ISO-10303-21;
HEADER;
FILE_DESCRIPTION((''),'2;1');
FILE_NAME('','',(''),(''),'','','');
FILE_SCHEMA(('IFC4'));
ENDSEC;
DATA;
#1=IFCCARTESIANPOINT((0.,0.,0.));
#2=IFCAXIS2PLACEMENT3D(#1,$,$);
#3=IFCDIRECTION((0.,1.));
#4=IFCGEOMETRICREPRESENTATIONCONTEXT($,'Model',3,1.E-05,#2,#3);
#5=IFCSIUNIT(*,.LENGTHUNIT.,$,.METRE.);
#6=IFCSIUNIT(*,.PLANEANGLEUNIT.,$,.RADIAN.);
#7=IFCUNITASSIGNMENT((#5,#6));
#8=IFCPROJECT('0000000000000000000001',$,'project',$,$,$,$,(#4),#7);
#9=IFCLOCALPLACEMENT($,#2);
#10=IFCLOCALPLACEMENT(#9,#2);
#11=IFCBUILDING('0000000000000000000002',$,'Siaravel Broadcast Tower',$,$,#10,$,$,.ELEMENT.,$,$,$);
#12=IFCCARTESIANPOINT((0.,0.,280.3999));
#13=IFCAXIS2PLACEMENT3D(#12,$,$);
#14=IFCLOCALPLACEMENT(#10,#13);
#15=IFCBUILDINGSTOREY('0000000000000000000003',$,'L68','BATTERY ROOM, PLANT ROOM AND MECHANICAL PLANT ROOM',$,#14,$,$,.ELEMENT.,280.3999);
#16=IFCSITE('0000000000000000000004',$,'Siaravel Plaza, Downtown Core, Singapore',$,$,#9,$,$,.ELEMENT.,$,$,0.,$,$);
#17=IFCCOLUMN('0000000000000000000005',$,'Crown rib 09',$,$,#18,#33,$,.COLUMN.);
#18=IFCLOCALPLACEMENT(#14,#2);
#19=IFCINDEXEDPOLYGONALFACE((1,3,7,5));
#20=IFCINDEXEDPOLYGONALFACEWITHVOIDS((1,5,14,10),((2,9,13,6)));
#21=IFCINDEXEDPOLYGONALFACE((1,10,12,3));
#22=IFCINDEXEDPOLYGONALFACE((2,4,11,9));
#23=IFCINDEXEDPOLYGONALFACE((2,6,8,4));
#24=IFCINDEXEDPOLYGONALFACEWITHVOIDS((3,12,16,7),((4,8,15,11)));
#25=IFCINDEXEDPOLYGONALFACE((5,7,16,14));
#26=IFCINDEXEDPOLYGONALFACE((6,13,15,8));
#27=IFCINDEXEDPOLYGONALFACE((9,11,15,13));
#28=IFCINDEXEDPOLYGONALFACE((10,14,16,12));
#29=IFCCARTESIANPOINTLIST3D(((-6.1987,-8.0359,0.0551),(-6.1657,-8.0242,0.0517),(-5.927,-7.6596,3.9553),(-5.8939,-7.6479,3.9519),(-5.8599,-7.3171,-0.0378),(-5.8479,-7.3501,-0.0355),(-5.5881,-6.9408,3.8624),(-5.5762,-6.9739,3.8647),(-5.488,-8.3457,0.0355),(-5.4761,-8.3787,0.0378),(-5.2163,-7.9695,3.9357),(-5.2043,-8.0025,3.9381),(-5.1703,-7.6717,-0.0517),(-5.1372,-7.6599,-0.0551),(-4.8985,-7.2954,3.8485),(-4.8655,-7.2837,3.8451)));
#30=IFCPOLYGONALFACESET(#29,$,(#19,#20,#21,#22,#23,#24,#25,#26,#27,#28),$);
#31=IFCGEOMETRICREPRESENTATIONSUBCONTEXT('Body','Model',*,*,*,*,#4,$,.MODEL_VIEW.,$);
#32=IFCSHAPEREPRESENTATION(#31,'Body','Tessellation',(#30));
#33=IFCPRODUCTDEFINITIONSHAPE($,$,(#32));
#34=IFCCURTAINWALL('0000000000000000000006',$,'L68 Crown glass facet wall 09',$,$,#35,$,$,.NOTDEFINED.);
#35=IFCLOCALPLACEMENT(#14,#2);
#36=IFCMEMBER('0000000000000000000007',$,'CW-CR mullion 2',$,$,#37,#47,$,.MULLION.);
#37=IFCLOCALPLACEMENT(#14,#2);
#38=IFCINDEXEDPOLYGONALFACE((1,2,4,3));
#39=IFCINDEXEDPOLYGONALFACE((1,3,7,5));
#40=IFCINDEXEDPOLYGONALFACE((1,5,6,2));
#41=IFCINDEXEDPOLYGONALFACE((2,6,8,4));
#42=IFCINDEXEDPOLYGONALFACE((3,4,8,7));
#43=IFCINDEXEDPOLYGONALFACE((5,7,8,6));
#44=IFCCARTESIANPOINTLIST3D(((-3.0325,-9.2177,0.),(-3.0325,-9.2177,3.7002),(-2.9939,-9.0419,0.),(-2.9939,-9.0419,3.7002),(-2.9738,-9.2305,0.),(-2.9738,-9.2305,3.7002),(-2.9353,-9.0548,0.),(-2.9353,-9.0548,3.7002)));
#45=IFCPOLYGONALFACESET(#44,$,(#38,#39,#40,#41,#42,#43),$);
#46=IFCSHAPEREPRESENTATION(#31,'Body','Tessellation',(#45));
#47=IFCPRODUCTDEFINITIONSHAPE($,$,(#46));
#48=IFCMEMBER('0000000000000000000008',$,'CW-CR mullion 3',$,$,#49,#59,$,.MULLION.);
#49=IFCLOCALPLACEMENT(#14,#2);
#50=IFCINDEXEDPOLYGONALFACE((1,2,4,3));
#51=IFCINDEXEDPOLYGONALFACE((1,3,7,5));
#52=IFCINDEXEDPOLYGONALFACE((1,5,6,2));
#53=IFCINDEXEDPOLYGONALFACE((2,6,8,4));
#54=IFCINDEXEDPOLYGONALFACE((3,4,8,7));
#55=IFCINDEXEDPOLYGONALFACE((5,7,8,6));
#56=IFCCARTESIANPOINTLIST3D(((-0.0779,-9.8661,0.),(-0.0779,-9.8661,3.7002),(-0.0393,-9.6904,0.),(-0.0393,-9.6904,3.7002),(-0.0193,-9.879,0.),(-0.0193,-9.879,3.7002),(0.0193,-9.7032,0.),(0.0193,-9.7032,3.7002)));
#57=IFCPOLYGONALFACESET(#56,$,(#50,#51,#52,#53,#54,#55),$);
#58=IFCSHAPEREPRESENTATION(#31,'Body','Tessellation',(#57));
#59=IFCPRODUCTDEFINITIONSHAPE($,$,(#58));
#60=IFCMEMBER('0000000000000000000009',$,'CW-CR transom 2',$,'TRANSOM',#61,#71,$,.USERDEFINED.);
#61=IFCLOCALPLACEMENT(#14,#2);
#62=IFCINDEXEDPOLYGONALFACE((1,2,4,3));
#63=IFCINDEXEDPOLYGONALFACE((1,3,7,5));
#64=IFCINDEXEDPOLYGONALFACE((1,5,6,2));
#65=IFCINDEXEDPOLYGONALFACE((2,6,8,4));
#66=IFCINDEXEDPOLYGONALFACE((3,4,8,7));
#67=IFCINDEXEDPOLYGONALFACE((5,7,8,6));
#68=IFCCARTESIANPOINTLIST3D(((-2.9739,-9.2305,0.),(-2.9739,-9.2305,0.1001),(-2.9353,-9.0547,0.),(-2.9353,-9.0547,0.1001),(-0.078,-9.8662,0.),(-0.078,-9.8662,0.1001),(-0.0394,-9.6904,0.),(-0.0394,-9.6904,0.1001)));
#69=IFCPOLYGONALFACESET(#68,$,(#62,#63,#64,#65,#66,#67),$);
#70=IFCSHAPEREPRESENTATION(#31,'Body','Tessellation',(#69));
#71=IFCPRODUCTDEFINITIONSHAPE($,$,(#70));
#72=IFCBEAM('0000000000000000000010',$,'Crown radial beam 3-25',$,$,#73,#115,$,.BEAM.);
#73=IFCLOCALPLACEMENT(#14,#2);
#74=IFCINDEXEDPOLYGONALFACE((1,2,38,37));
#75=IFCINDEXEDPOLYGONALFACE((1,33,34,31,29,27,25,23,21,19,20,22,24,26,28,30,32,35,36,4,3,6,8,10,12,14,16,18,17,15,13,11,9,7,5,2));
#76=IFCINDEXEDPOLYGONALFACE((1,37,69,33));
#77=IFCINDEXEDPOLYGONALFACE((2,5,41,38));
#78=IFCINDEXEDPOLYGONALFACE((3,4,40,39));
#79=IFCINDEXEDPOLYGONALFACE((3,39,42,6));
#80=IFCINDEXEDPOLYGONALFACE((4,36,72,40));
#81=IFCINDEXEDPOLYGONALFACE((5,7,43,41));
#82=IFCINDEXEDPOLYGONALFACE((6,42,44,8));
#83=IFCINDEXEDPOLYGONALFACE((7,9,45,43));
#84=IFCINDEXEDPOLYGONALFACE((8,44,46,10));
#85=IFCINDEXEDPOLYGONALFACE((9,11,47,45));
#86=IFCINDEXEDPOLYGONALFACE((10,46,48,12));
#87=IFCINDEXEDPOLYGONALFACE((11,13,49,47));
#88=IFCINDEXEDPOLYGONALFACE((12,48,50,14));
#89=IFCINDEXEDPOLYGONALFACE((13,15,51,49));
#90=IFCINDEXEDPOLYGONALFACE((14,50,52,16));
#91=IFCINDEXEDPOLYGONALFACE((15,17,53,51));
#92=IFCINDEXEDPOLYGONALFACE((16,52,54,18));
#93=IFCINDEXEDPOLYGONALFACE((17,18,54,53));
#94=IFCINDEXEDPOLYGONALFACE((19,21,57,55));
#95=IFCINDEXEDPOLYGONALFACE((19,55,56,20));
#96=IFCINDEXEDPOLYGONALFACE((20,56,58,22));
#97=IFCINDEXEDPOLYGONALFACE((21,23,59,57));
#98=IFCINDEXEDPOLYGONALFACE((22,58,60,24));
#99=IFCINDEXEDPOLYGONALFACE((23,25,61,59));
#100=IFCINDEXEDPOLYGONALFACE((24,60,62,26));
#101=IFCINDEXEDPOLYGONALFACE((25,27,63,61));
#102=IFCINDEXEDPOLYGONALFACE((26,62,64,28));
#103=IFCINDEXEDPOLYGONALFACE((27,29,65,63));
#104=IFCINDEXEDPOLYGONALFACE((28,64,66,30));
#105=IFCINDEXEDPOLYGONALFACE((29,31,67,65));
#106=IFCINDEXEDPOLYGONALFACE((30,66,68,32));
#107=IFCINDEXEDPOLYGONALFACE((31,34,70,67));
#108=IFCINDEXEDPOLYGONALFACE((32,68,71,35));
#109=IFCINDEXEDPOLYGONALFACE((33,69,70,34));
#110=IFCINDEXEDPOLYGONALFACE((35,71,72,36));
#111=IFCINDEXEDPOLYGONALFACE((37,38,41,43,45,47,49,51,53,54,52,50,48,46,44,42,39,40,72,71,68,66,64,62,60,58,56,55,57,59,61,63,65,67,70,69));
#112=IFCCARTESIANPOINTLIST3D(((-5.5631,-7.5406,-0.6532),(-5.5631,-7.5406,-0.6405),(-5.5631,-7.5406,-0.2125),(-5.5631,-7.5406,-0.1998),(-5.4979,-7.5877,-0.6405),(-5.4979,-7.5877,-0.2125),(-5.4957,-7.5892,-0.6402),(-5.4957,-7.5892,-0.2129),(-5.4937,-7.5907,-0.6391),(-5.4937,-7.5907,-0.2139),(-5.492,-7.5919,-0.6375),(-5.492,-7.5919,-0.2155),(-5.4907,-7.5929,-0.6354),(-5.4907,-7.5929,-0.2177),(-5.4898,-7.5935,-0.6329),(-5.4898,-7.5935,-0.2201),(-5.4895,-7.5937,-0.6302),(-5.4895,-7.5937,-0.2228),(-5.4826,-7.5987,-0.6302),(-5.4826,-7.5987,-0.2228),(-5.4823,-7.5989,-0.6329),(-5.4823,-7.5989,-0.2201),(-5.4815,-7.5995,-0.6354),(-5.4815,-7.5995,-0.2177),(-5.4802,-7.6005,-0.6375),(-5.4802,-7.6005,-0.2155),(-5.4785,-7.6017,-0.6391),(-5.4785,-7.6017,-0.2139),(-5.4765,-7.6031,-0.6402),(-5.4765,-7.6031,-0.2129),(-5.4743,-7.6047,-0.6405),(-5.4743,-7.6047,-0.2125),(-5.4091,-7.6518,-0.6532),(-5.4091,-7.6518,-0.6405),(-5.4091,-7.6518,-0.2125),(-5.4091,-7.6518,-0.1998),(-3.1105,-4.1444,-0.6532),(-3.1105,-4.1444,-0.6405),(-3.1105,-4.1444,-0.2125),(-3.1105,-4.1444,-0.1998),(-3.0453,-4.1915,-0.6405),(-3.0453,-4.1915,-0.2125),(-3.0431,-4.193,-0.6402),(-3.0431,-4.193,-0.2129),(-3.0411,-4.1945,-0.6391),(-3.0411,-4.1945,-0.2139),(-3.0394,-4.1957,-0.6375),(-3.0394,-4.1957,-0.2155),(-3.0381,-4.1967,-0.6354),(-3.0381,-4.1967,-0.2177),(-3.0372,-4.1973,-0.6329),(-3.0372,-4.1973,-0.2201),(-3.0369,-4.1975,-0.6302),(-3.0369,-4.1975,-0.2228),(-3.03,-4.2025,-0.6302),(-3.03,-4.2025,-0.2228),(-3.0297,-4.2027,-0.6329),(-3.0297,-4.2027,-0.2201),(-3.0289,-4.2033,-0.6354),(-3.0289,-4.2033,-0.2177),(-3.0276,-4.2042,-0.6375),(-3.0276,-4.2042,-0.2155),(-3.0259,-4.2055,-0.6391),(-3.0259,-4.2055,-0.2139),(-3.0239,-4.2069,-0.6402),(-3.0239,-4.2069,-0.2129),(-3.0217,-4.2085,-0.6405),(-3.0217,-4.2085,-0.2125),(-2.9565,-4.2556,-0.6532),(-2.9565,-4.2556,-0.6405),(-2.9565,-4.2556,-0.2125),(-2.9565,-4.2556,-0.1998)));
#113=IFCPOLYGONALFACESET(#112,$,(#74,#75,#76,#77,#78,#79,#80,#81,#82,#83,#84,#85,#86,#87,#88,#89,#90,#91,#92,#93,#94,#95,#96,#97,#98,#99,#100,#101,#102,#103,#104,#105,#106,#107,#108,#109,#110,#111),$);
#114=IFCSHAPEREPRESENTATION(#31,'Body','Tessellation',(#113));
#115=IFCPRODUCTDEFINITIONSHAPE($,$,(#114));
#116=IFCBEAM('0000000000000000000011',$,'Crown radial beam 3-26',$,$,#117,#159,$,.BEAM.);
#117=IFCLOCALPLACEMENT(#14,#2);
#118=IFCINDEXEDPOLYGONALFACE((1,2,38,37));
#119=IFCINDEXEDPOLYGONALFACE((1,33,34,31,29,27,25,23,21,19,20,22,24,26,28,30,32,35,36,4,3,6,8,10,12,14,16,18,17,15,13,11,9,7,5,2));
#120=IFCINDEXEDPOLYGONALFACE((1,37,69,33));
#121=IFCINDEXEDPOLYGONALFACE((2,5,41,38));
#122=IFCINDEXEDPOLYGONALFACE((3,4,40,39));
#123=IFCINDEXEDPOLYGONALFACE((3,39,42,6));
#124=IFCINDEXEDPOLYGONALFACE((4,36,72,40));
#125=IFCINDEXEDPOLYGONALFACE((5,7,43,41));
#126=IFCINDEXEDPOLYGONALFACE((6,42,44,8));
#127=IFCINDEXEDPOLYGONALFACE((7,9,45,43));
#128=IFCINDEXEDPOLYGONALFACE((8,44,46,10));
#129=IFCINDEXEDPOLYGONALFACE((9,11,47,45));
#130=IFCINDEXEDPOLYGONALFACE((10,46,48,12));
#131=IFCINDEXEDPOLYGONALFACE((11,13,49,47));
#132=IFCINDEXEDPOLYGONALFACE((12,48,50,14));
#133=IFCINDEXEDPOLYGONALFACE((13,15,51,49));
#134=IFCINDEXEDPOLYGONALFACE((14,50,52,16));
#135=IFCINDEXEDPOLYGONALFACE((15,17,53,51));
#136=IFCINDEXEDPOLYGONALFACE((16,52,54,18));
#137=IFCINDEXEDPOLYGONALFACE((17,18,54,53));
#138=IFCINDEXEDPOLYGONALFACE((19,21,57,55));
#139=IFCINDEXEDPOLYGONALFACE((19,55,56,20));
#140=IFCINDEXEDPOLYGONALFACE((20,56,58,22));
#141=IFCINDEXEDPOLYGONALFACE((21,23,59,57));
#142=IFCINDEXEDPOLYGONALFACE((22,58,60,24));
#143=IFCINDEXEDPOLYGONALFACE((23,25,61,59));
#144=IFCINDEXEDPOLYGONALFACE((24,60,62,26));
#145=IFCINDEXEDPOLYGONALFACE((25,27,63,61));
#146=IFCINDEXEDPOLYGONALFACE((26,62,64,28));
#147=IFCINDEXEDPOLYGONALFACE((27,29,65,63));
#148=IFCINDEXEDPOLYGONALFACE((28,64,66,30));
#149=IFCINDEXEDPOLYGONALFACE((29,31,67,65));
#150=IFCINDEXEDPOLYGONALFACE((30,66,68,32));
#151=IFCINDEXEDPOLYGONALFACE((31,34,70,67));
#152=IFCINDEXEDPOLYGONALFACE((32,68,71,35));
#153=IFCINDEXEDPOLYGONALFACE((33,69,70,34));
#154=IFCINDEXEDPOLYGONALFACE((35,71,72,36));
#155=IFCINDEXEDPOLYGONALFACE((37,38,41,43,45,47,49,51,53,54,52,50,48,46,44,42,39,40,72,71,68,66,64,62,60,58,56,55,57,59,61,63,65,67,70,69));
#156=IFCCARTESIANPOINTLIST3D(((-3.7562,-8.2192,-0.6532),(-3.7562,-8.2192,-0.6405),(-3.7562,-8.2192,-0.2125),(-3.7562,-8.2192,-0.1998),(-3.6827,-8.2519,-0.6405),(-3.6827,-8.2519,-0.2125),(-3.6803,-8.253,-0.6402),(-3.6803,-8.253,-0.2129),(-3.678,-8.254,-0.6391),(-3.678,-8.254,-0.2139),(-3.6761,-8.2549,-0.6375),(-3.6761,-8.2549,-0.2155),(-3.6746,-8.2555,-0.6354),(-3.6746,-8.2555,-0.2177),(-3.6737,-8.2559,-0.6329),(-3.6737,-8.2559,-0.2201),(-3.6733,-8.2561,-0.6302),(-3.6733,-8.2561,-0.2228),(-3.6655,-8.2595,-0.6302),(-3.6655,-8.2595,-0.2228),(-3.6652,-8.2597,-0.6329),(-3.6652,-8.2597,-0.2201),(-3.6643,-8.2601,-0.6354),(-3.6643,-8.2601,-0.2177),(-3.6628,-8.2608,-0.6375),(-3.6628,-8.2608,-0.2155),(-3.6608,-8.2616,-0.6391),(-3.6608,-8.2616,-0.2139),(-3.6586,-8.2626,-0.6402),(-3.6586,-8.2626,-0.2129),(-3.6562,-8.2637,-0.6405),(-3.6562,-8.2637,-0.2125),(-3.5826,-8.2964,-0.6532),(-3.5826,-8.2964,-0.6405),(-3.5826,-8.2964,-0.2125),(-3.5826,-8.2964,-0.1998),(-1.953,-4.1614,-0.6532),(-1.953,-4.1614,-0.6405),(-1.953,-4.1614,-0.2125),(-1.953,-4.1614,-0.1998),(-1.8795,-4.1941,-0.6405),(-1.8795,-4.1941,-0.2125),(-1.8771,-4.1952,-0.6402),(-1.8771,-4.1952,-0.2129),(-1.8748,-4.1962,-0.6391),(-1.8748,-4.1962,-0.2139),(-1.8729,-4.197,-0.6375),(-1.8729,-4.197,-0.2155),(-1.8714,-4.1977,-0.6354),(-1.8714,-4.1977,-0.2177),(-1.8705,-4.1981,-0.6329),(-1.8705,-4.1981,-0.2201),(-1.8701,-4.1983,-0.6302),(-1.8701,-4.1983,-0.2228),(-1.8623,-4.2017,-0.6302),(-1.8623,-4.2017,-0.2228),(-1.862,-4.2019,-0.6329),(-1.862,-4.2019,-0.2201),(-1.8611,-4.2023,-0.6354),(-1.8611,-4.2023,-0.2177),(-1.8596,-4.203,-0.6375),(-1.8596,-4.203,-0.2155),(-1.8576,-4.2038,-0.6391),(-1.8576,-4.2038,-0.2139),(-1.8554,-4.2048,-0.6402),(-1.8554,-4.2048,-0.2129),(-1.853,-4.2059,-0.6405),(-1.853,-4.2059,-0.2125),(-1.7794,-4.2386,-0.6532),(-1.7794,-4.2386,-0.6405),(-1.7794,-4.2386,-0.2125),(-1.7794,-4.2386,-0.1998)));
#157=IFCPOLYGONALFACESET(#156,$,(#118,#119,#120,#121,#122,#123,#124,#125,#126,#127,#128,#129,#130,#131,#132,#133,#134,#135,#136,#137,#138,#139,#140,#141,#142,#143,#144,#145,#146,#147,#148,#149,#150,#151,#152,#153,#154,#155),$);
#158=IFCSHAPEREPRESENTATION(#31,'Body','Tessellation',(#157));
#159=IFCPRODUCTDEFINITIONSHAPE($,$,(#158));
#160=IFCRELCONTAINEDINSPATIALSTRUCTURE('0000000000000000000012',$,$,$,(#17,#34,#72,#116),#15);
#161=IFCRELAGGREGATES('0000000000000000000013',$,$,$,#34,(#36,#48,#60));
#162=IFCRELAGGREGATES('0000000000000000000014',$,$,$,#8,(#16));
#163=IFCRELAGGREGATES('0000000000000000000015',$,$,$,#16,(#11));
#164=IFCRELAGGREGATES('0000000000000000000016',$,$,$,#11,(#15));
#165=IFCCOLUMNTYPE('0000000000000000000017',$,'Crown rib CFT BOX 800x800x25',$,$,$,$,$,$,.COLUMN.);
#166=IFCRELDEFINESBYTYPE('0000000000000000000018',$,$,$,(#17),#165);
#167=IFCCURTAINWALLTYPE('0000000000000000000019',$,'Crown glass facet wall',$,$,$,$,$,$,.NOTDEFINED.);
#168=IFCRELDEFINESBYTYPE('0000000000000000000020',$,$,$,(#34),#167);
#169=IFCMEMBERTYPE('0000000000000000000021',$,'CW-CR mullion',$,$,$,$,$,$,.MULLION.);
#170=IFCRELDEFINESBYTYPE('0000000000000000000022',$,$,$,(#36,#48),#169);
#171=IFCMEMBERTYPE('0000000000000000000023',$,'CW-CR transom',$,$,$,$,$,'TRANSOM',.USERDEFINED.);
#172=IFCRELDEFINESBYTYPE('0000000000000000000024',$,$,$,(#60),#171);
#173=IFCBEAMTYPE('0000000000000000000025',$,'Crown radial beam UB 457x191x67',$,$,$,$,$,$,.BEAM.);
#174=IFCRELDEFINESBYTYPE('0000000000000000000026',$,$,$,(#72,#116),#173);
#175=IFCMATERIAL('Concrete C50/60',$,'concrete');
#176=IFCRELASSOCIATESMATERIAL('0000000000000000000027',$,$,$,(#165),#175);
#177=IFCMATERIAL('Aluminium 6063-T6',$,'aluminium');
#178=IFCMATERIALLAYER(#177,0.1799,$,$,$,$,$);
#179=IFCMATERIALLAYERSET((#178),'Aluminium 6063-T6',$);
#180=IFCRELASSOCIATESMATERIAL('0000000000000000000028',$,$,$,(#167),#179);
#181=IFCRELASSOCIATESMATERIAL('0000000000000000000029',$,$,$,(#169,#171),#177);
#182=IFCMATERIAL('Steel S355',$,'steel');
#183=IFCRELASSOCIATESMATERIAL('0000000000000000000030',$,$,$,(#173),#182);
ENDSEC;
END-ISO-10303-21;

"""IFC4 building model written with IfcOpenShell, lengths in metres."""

from ifc_helpers import new_model, si_unit, direction, frame, origin, origin_2d, place, context, subcontext, project, spatial, rectangle, hollow_rectangle, i_section, extrude, material, layer, layer_set, material_profile, profile_set, type_object, element, aggregate, save


model = new_model("IFC4")

# Units and contexts
model_context = context("Model", 3, precision=1e-05, world=origin(), true_north=direction((0.0, 1.0)))
body_context = subcontext(model_context, "Body", "Model", "MODEL_VIEW")
ifc_project = project(units=[si_unit("LENGTHUNIT", "METRE"), si_unit("PLANEANGLEUNIT", "RADIAN")], contexts=[model_context])

# Site, building, storey
site_placement = place(None, origin())
site = spatial("IfcSite", under=ifc_project, at=site_placement, Name="Siaravel Plaza, Downtown Core, Singapore", CompositionType="ELEMENT", RefElevation=0.0)
building_placement = place(site_placement, origin())
building = spatial("IfcBuilding", under=site, at=building_placement, Name="Siaravel Broadcast Tower", CompositionType="ELEMENT")
storey_placement = place(building_placement, frame((0.0, 0.0, 280.3999)))
storey = spatial("IfcBuildingStorey", under=building, at=storey_placement, Name="L68", Description="BATTERY ROOM, PLANT ROOM AND MECHANICAL PLANT ROOM", CompositionType="ELEMENT", Elevation=280.3999)

# Column
ifc_material_1 = material(Name="Concrete C50/60", Category="concrete")
ifc_material_profile_1 = material_profile(ifc_material_1, hollow_rectangle(XDim=0.8, YDim=0.8, WallThickness=0.0249, at=origin_2d()))
ifc_profile_set_1 = profile_set([ifc_material_profile_1], Name="Concrete C50/60")
column_type = type_object("IfcColumnType", Name="Crown rib CFT BOX 800x800x25", PredefinedType="COLUMN", material=ifc_profile_set_1)
column_placement = place(storey_placement, frame((-5.668, -7.8479, 0.0), z_axis=(0.069183, 0.095787, 0.992995), x_axis=(-0.903251, 0.428569, 0.02159)))
element("IfcColumn", 1, at=column_placement, inside=storey, type_object=column_type, Name="Crown rib 09", PredefinedType="COLUMN", context=body_context, shape_type="SweptSolid", body=[
    extrude(hollow_rectangle(XDim=0.8, YDim=0.8, WallThickness=0.0249, at=origin_2d()), origin(), (0.0, 0.0, 1.0), 3.9277),
])

# Curtain wall, members
ifc_material_2 = material(Name="Aluminium 6063-T6", Category="aluminium")
ifc_layer_1 = layer(ifc_material_2, 0.1799)
ifc_layer_set_1 = layer_set([ifc_layer_1], Name="Aluminium 6063-T6")
curtain_wall_type = type_object("IfcCurtainWallType", Name="Crown glass facet wall", PredefinedType="NOTDEFINED", material=ifc_layer_set_1)
curtain_wall_placement = place(storey_placement, origin())
curtain_wall = element("IfcCurtainWall", 2, at=curtain_wall_placement, inside=storey, type_object=curtain_wall_type, Name="L68 Crown glass facet wall 09", PredefinedType="NOTDEFINED")
ifc_material_profile_2 = material_profile(ifc_material_2, rectangle(XDim=0.1799, YDim=0.0601, at=origin_2d()))
ifc_profile_set_2 = profile_set([ifc_material_profile_2], Name="Aluminium 6063-T6")
member_type_1 = type_object("IfcMemberType", Name="CW-CR mullion", PredefinedType="MULLION", material=ifc_profile_set_2)
member_1_placement = place(storey_placement, frame((-2.9839, -9.1362, 0.0), z_axis=(0.0, 0.0, 1.0), x_axis=(0.214394, 0.976747, 0.0)))
member_1 = element("IfcMember", 3, at=member_1_placement, type_object=member_type_1, Name="CW-CR mullion 2", PredefinedType="MULLION", context=body_context, shape_type="SweptSolid", body=[
    extrude(rectangle(XDim=0.1799, YDim=0.0601, at=origin_2d()), origin(), (0.0, 0.0, 1.0), 3.7002),
])
member_2_placement = place(storey_placement, frame((-0.0293, -9.7847, 0.0), z_axis=(0.0, 0.0, 1.0), x_axis=(0.214394, 0.976747, 0.0)))
member_2 = element("IfcMember", 4, at=member_2_placement, type_object=member_type_1, Name="CW-CR mullion 3", PredefinedType="MULLION", context=body_context, shape_type="SweptSolid", body=[
    extrude(rectangle(XDim=0.1799, YDim=0.0601, at=origin_2d()), origin(), (0.0, 0.0, 1.0), 3.7002),
])
ifc_material_profile_3 = material_profile(ifc_material_2, rectangle(XDim=0.1799, YDim=0.1001, at=origin_2d()))
ifc_profile_set_3 = profile_set([ifc_material_profile_3], Name="Aluminium 6063-T6")
member_type_2 = type_object("IfcMemberType", Name="CW-CR transom", ElementType="TRANSOM", PredefinedType="USERDEFINED", material=ifc_profile_set_3)
member_3_placement = place(storey_placement, frame((-2.9546, -9.1426, 0.05), z_axis=(0.976742, -0.214419, 0.0), x_axis=(0.214419, 0.976742, 0.0)))
member_3 = element("IfcMember", 5, at=member_3_placement, type_object=member_type_2, Name="CW-CR transom 2", ObjectType="TRANSOM", PredefinedType="USERDEFINED", context=body_context, shape_type="SweptSolid", body=[
    extrude(rectangle(XDim=0.1799, YDim=0.1001, at=origin_2d()), origin(), (0.0, 0.0, 1.0), 2.9648),
])

# Beams
ifc_material_3 = material(Name="Steel S355", Category="steel")
ifc_material_profile_4 = material_profile(ifc_material_3, i_section(OverallWidth=0.1899, OverallDepth=0.4534, WebThickness=0.0085, FlangeThickness=0.0127, FilletRadius=0.0103, at=origin_2d()))
ifc_profile_set_4 = profile_set([ifc_material_profile_4], Name="Steel S355")
beam_type_1 = type_object("IfcBeamType", Name="Crown radial beam UB 457x191x67", PredefinedType="BEAM", material=ifc_profile_set_4)
beam_1_placement = place(storey_placement, frame((-5.4861, -7.5962, -0.4265), z_axis=(0.585459, 0.810702, 0.0), x_axis=(-0.810702, 0.585459, 0.0)))
element("IfcBeam", 6, at=beam_1_placement, inside=storey, type_object=beam_type_1, Name="Crown radial beam 3-25", PredefinedType="BEAM", context=body_context, shape_type="SweptSolid", body=[
    extrude(i_section(OverallWidth=0.1899, OverallDepth=0.4534, WebThickness=0.0085, FlangeThickness=0.0127, FilletRadius=0.0103, at=origin_2d()), origin(), (0.0, 0.0, 1.0), 4.1892),
])
beam_2_placement = place(storey_placement, frame((-3.6694, -8.2578, -0.4265), z_axis=(0.406087, 0.913834, 0.0), x_axis=(-0.913834, 0.406087, 0.0)))
element("IfcBeam", 7, at=beam_2_placement, inside=storey, type_object=beam_type_1, Name="Crown radial beam 3-26", PredefinedType="BEAM", context=body_context, shape_type="SweptSolid", body=[
    extrude(i_section(OverallWidth=0.1899, OverallDepth=0.4534, WebThickness=0.0085, FlangeThickness=0.0127, FilletRadius=0.0103, at=origin_2d()), origin(), (0.0, 0.0, 1.0), 4.4404),
])

aggregate(curtain_wall, [member_1, member_2, member_3])

save(model, "model.ifc")
